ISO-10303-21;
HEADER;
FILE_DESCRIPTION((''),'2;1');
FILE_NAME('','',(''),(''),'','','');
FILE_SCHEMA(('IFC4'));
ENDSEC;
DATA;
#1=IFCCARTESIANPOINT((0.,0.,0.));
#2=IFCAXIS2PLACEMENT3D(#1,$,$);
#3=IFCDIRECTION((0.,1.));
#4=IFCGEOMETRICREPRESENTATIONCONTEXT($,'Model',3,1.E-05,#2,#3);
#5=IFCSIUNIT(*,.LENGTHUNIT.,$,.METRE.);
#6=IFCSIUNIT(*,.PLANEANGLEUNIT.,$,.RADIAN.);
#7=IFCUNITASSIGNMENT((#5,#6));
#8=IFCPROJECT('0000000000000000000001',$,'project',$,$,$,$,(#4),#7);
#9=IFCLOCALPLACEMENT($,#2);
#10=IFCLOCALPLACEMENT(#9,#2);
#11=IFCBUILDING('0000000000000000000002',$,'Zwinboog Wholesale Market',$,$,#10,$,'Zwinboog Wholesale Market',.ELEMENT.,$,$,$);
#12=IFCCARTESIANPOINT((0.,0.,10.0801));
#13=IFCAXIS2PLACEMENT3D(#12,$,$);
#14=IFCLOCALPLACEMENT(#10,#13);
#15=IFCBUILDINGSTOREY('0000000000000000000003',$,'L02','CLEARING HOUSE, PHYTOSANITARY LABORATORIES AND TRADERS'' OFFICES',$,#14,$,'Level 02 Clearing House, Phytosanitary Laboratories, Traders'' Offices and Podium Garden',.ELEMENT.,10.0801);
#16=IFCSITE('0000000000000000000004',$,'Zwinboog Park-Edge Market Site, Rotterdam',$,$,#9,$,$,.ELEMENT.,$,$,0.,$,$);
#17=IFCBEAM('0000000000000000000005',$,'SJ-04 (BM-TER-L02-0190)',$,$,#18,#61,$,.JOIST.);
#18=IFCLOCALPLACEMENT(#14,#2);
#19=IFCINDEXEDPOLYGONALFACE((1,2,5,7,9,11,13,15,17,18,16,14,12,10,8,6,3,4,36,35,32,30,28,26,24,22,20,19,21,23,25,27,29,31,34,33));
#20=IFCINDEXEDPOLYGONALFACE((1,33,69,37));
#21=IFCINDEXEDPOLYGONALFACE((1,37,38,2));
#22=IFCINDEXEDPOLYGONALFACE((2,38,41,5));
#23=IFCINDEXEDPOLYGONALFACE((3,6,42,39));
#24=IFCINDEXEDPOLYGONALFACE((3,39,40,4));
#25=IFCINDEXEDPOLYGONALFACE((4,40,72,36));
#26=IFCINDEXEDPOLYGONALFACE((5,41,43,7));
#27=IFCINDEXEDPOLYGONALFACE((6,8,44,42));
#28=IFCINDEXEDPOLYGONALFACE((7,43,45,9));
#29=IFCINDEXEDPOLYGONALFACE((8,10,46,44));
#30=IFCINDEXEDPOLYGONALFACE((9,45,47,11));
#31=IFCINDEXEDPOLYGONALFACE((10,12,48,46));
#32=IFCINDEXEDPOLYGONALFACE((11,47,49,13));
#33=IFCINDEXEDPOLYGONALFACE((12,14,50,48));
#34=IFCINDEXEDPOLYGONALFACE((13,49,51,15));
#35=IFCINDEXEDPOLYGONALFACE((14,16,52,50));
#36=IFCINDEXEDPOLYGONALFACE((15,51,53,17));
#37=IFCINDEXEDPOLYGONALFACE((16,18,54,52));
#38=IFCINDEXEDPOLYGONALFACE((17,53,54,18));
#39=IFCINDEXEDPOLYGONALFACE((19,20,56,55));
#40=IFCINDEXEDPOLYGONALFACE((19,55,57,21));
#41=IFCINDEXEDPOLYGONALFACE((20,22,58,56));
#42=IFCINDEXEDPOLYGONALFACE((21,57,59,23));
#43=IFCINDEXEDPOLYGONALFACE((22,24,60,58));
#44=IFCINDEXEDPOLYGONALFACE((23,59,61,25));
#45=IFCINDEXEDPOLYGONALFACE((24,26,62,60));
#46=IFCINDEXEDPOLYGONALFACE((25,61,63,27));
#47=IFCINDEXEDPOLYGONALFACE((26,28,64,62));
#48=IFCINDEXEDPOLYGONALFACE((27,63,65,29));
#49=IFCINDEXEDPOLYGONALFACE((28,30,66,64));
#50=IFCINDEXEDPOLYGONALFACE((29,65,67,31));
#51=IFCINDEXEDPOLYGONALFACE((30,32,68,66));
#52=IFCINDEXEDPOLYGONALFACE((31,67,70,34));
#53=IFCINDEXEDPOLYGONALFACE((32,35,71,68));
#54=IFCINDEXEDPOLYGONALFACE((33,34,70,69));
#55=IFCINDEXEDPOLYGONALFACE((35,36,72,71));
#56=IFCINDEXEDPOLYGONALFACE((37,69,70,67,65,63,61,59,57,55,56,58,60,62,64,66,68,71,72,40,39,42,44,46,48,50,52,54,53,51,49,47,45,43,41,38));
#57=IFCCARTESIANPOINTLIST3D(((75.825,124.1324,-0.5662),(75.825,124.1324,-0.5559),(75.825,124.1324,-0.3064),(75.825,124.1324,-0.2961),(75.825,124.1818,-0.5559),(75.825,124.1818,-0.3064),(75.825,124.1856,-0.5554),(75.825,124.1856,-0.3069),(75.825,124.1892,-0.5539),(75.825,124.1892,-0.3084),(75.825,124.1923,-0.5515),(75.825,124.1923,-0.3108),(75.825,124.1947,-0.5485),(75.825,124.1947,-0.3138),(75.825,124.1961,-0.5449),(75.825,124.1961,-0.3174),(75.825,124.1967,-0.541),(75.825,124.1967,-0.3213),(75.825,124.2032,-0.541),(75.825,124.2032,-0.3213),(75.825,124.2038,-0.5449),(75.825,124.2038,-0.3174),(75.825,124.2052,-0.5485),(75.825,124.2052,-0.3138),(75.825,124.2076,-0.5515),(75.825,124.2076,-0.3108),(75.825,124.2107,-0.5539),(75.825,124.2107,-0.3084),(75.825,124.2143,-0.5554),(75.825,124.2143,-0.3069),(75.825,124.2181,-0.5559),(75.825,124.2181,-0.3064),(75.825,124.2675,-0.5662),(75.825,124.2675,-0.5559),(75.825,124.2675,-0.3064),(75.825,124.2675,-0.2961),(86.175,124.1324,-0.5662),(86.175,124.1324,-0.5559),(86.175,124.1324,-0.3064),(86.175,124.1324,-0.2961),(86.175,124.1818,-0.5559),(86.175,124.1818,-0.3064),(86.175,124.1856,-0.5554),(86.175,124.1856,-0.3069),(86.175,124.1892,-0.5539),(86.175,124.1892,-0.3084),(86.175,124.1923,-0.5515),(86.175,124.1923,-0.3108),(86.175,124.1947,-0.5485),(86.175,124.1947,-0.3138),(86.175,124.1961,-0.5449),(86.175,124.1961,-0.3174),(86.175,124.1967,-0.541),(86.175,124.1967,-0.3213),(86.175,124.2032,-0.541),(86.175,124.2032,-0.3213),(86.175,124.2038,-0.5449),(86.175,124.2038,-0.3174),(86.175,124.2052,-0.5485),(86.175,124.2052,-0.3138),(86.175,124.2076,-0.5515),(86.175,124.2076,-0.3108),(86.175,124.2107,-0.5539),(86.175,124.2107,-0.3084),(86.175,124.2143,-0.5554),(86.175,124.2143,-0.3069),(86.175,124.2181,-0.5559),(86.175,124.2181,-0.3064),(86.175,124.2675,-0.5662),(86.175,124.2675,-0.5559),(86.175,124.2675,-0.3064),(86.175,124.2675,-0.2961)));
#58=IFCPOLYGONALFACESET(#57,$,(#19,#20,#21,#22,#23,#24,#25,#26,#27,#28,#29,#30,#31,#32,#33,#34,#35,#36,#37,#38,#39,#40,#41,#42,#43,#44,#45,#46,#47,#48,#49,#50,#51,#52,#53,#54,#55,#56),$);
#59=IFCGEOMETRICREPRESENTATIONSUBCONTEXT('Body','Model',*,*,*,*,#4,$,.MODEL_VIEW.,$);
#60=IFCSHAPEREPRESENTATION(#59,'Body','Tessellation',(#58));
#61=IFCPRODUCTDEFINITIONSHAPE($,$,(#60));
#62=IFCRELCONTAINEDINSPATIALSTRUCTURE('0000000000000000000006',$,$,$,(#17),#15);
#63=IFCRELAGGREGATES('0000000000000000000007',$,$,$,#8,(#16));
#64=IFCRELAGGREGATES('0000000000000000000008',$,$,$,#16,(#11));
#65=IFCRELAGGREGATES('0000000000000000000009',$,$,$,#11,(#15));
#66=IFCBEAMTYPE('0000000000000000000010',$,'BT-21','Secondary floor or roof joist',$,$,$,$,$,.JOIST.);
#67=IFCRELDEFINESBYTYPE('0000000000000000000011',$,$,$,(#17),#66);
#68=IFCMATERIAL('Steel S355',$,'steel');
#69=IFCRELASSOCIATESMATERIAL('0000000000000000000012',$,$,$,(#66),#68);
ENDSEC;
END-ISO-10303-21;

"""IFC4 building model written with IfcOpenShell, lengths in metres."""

from ifc_helpers import new_model, si_unit, direction, frame, origin, origin_2d, place, context, subcontext, project, spatial, i_section, extrude, material, material_profile, profile_set, type_object, element, save


model = new_model("IFC4")

# Units and contexts
model_context = context("Model", 3, precision=1e-05, world=origin(), true_north=direction((0.0, 1.0)))
body_context = subcontext(model_context, "Body", "Model", "MODEL_VIEW")
ifc_project = project(units=[si_unit("LENGTHUNIT", "METRE"), si_unit("PLANEANGLEUNIT", "RADIAN")], contexts=[model_context])

# Site, building, storey
site_placement = place(None, origin())
site = spatial("IfcSite", under=ifc_project, at=site_placement, Name="Zwinboog Park-Edge Market Site, Rotterdam", CompositionType="ELEMENT", RefElevation=0.0)
building_placement = place(site_placement, origin())
building = spatial("IfcBuilding", under=site, at=building_placement, Name="Zwinboog Wholesale Market", LongName="Zwinboog Wholesale Market", CompositionType="ELEMENT")
storey_placement = place(building_placement, frame((0.0, 0.0, 10.0801)))
storey = spatial("IfcBuildingStorey", under=building, at=storey_placement, Name="L02", Description="CLEARING HOUSE, PHYTOSANITARY LABORATORIES AND TRADERS' OFFICES", LongName="Level 02 Clearing House, Phytosanitary Laboratories, Traders' Offices and Podium Garden", CompositionType="ELEMENT", Elevation=10.0801)

# Beam
ifc_material_1 = material(Name="Steel S355", Category="steel")
ifc_material_profile_1 = material_profile(ifc_material_1, i_section(OverallWidth=0.135, OverallDepth=0.27, WebThickness=0.0066, FlangeThickness=0.0103, FilletRadius=0.0149, at=origin_2d()), Name="IPE 270")
ifc_profile_set_1 = profile_set([ifc_material_profile_1], Name="Steel S355")
beam_type_1 = type_object("IfcBeamType", Name="BT-21", Description="Secondary floor or roof joist", PredefinedType="JOIST", material=ifc_profile_set_1)
beam_1_placement = place(storey_placement, frame((75.825, 124.2, -0.4312), z_axis=(1.0, 0.0, 0.0), x_axis=(0.0, 1.0, 0.0)))
element("IfcBeam", 1, at=beam_1_placement, inside=storey, type_object=beam_type_1, Name="SJ-04 (BM-TER-L02-0190)", PredefinedType="JOIST", context=body_context, shape_type="SweptSolid", body=[
    extrude(i_section(OverallWidth=0.135, OverallDepth=0.27, WebThickness=0.0066, FlangeThickness=0.0103, FilletRadius=0.0149, at=origin_2d()), origin(), (0.0, 0.0, 1.0), 10.3501),
])

save(model, "model.ifc")
